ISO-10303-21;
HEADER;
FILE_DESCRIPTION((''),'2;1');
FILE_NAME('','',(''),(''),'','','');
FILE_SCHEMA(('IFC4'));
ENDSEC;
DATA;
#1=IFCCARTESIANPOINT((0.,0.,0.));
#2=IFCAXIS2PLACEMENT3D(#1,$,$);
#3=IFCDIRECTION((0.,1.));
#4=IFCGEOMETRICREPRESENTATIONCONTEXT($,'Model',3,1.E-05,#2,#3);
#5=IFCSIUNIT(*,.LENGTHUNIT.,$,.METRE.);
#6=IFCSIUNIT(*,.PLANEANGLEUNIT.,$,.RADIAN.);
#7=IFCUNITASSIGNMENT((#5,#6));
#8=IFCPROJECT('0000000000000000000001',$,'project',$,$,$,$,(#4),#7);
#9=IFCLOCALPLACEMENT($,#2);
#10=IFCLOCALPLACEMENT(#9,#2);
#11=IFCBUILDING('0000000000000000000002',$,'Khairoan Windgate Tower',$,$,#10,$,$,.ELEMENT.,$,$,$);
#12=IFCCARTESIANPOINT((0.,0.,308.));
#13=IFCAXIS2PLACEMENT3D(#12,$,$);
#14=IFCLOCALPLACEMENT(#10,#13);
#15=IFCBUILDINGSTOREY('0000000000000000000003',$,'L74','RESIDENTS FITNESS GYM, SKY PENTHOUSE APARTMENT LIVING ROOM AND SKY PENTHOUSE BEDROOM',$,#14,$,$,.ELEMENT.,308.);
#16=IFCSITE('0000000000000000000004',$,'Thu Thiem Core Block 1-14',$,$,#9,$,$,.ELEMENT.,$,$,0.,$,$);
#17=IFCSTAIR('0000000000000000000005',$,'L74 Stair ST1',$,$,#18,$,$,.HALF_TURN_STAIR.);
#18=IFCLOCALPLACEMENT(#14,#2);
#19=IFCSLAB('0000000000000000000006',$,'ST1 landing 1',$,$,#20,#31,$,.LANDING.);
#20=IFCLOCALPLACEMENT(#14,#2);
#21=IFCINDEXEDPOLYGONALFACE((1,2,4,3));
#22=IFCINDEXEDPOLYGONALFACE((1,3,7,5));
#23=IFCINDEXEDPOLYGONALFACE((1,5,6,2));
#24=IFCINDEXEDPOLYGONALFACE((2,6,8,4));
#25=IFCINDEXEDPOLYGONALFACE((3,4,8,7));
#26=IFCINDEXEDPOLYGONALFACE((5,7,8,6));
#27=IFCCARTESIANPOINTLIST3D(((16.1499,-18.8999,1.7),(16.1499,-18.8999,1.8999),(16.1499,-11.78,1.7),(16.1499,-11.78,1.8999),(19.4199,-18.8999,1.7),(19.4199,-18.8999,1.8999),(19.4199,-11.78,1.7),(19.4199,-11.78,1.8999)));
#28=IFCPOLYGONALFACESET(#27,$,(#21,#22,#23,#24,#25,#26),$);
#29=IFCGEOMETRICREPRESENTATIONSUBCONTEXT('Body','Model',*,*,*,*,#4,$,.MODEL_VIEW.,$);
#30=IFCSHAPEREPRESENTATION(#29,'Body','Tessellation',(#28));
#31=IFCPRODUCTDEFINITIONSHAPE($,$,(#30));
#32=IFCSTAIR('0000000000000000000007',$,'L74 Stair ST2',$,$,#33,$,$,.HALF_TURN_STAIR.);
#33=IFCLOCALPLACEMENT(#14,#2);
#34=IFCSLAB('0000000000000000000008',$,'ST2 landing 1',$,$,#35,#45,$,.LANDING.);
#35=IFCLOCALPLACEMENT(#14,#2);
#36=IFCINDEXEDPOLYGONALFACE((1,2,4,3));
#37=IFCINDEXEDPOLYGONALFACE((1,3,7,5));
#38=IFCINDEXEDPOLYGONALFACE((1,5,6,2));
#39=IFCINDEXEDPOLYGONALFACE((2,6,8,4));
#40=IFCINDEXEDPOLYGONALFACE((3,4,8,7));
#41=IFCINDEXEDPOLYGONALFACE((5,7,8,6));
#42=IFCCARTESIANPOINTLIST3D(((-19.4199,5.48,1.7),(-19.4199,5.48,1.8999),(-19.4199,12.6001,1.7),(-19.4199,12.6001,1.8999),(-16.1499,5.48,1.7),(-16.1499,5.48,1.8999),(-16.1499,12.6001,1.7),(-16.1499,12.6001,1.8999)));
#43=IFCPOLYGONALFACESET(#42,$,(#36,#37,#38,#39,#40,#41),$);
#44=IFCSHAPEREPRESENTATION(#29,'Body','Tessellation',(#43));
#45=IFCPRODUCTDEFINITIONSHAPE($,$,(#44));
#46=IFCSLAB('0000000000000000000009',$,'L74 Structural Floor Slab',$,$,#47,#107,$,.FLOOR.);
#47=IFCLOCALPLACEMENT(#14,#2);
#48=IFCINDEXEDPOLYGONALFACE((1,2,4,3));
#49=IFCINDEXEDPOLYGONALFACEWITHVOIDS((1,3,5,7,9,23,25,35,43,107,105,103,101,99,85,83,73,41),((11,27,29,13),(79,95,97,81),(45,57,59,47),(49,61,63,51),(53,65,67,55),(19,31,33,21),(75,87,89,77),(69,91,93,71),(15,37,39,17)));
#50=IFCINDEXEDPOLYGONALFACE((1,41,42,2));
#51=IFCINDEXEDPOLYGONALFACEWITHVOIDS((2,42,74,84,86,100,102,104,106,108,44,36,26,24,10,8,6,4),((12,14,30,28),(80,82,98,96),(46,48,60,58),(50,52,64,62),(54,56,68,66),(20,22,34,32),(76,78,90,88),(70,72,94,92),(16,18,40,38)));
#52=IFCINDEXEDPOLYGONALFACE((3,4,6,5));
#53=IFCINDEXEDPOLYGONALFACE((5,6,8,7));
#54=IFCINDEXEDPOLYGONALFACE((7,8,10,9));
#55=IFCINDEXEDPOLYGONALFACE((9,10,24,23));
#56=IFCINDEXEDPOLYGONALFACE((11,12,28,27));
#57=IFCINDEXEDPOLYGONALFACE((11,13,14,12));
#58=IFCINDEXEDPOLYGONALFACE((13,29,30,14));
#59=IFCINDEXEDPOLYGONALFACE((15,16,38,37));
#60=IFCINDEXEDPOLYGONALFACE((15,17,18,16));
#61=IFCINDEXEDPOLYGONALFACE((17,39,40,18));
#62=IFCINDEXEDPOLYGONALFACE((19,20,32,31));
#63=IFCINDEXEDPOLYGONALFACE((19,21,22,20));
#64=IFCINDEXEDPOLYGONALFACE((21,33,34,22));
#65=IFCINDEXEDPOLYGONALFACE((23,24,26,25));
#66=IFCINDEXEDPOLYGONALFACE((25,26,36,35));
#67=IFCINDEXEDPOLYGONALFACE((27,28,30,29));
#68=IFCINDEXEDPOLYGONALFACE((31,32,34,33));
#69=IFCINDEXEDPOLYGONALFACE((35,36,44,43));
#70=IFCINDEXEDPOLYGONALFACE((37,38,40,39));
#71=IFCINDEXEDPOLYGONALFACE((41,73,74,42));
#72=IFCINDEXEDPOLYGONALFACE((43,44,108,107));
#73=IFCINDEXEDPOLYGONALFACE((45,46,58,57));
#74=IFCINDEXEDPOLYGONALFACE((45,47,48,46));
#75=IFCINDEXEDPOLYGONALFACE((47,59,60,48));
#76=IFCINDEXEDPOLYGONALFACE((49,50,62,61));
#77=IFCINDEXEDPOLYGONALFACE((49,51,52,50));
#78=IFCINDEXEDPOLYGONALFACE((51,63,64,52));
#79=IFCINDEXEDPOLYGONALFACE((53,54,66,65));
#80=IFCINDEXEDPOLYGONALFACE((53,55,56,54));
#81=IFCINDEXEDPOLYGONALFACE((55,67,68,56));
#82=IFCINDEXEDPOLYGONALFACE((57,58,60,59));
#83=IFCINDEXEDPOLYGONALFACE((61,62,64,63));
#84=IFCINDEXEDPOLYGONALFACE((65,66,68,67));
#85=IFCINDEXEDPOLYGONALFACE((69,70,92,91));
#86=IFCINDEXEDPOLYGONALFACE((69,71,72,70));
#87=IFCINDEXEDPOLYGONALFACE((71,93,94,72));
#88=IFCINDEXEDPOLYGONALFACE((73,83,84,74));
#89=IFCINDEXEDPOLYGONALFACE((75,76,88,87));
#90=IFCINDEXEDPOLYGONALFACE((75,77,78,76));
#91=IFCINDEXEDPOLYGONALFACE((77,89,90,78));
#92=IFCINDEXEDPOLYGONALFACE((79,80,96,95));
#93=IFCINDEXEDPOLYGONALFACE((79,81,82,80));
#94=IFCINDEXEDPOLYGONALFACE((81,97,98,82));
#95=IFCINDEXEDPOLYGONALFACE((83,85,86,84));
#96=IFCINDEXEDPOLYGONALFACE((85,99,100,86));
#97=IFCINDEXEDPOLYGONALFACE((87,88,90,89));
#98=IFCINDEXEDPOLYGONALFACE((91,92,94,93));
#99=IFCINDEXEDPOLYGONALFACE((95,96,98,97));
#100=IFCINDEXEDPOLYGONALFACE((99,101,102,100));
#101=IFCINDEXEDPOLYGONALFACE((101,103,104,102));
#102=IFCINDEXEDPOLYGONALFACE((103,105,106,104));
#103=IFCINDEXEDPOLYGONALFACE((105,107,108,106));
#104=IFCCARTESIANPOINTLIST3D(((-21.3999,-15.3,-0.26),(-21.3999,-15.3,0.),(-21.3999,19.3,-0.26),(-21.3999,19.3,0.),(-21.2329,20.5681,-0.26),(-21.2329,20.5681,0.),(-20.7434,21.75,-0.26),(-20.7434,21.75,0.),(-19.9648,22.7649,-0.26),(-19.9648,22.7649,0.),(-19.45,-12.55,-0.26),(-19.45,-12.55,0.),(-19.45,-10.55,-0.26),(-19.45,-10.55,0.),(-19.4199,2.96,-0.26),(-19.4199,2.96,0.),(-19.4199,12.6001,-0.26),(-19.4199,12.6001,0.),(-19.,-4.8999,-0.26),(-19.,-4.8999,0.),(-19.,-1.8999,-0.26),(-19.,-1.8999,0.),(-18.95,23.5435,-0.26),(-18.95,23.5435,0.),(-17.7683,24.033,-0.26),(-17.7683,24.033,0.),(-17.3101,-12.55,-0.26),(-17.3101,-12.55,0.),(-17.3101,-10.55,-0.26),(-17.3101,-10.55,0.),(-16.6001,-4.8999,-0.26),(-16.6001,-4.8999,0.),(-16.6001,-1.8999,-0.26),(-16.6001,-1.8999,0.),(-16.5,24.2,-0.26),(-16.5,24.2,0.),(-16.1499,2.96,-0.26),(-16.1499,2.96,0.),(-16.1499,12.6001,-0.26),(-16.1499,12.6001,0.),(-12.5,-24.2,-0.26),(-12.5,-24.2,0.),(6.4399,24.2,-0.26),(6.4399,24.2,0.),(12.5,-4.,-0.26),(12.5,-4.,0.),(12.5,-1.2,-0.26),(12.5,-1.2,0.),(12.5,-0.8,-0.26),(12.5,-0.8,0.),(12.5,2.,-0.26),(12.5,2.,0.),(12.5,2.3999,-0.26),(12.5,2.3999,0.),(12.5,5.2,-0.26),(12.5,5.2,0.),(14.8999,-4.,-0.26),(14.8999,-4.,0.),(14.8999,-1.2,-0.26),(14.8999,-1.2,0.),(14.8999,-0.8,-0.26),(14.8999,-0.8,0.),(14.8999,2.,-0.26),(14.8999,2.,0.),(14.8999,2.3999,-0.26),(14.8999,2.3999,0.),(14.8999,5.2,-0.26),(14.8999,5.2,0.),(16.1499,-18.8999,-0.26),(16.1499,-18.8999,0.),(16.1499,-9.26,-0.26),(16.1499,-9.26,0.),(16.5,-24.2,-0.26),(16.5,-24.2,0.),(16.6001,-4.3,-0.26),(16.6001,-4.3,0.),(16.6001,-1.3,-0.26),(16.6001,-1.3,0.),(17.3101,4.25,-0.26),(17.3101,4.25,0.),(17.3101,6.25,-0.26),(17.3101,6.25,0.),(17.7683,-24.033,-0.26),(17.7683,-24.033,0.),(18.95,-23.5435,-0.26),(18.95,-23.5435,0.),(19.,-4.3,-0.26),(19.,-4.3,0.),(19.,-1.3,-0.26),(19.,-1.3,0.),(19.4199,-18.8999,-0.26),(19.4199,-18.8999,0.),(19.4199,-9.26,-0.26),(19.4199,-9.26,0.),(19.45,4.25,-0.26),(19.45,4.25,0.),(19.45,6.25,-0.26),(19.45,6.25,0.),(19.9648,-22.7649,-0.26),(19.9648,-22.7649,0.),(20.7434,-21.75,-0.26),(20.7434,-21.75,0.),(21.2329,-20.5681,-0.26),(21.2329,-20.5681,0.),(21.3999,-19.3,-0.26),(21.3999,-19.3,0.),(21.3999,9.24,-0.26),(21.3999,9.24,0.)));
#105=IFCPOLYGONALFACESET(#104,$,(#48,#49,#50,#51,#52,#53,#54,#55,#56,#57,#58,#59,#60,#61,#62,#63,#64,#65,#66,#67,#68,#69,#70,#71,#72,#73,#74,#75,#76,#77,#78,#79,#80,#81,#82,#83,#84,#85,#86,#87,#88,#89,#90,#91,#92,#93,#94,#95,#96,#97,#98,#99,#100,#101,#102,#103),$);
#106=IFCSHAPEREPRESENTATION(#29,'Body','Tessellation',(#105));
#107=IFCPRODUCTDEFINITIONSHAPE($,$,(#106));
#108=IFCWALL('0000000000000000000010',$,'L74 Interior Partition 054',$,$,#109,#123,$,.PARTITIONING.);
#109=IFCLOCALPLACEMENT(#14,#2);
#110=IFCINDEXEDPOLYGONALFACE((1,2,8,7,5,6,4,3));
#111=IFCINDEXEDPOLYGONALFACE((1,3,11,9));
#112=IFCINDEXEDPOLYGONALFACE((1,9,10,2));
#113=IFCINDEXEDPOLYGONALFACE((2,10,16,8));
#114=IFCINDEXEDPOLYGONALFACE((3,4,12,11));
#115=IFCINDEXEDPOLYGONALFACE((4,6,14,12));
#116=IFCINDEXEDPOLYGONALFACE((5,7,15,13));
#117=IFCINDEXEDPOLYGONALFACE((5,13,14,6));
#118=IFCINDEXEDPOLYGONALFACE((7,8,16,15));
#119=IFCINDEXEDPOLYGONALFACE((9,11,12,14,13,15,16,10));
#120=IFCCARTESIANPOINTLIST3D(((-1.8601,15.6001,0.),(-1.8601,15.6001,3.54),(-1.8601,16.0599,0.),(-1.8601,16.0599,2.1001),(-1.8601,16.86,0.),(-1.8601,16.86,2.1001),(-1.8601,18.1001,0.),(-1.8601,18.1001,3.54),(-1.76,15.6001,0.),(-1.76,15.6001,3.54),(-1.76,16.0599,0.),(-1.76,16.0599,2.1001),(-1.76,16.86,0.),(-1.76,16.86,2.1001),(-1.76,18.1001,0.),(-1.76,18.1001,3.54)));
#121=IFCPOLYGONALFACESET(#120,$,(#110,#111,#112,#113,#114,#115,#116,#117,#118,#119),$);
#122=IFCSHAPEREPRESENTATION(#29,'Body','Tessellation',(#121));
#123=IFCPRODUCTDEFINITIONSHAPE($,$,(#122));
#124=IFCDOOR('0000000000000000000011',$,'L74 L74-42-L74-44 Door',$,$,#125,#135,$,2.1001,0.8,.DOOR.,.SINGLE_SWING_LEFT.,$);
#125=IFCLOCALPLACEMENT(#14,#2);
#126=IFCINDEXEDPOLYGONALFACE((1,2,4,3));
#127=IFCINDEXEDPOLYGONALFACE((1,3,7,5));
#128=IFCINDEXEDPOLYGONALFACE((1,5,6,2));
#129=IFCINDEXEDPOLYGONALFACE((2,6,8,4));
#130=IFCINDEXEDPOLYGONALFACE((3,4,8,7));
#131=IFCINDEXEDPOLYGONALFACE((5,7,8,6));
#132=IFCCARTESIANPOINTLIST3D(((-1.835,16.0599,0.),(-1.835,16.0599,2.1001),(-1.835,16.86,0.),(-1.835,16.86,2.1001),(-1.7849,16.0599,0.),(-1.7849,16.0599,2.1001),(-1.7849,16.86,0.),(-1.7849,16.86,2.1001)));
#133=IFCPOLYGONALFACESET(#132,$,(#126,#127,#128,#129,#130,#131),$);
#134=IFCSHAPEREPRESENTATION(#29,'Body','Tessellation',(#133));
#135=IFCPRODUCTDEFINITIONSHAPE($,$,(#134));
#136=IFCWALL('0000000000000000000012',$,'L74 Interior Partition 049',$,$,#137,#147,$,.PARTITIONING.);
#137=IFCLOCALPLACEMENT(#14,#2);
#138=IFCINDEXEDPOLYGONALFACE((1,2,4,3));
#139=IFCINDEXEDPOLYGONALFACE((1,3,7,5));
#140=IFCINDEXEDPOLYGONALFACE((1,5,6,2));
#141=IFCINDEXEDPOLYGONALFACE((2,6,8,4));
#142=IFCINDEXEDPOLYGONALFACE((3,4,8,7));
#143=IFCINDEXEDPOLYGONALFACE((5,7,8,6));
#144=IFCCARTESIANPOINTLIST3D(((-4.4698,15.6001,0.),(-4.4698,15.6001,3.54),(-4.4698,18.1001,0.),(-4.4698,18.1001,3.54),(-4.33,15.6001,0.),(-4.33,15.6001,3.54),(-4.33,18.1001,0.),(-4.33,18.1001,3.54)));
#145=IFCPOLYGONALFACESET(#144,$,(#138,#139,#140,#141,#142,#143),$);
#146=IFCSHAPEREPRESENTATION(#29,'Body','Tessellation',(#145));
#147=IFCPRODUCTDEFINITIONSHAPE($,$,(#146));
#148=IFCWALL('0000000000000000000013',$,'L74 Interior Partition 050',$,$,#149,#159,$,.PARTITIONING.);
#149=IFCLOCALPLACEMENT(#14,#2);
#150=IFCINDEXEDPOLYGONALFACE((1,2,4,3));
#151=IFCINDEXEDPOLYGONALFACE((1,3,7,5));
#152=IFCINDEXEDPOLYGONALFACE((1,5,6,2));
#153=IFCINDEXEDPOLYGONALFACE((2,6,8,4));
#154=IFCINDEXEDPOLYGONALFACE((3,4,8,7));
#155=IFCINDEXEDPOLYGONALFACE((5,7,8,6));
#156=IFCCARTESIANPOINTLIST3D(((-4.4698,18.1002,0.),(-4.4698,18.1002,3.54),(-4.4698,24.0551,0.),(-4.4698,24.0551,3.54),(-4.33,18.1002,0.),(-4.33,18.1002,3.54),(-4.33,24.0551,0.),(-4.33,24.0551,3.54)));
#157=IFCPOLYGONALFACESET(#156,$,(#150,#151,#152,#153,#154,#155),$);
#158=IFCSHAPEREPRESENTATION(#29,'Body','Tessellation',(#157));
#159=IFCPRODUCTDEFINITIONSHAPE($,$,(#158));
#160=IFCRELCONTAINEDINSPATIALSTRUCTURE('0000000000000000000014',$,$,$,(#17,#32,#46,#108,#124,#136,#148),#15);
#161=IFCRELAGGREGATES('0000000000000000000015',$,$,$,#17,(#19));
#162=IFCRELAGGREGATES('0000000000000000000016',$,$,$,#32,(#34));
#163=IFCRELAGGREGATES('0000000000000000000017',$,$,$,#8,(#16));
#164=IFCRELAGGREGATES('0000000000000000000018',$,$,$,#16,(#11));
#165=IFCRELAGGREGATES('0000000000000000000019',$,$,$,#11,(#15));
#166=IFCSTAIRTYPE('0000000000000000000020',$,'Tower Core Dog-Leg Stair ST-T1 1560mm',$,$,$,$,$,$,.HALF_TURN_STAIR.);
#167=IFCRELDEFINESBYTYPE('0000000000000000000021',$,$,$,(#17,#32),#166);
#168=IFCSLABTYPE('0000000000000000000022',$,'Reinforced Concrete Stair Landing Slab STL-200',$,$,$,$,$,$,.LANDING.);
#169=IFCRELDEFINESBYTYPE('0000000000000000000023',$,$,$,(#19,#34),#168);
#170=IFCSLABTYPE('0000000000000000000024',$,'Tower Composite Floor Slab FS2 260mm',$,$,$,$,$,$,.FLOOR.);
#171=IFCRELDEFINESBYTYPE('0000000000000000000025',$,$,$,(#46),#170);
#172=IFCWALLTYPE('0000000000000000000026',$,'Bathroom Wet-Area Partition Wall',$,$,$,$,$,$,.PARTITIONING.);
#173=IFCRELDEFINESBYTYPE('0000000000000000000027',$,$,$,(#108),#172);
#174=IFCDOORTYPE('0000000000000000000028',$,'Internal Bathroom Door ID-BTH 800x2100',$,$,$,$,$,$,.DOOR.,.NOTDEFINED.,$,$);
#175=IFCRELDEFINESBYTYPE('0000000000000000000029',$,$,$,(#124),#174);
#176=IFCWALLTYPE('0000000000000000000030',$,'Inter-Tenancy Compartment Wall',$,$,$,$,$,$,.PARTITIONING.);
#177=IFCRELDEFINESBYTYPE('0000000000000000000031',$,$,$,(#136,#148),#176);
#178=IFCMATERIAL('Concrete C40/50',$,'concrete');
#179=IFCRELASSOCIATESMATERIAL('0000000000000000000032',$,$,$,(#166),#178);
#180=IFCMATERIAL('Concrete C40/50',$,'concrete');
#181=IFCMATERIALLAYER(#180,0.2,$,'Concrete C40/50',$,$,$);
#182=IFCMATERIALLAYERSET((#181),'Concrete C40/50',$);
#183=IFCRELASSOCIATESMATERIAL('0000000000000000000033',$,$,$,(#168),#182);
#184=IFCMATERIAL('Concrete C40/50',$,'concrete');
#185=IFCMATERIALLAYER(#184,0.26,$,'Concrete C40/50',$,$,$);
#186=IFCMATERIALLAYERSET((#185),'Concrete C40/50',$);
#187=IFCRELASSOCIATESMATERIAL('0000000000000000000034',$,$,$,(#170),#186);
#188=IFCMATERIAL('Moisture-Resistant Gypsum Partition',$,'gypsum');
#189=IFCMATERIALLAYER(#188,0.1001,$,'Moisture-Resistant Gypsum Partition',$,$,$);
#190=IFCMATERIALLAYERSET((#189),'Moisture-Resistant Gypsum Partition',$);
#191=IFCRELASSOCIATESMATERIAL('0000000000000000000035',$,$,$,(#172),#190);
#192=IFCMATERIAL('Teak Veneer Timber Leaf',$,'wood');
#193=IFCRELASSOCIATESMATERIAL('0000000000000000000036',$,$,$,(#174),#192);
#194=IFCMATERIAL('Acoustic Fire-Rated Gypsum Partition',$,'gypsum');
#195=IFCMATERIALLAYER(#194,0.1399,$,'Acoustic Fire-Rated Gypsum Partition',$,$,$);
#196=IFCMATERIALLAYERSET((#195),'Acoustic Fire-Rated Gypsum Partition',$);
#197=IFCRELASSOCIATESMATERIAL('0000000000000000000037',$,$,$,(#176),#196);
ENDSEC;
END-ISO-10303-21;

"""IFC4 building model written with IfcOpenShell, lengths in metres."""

from ifc_helpers import new_model, si_unit, direction, frame, frame_2d, origin, place, context, subcontext, project, spatial, polyline, rectangle, outline, extrude, material, layer, layer_set, type_object, element, fill, aggregate, save


model = new_model("IFC4")

# Units and contexts
model_context = context("Model", 3, precision=1e-05, world=origin(), true_north=direction((0.0, 1.0)))
body_context = subcontext(model_context, "Body", "Model", "MODEL_VIEW")
ifc_project = project(units=[si_unit("LENGTHUNIT", "METRE"), si_unit("PLANEANGLEUNIT", "RADIAN")], contexts=[model_context])

# Site, building, storey
site_placement = place(None, origin())
site = spatial("IfcSite", under=ifc_project, at=site_placement, Name="Thu Thiem Core Block 1-14", CompositionType="ELEMENT", RefElevation=0.0)
building_placement = place(site_placement, origin())
building = spatial("IfcBuilding", under=site, at=building_placement, Name="Khairoan Windgate Tower", CompositionType="ELEMENT")
storey_placement = place(building_placement, frame((0.0, 0.0, 308.0)))
storey = spatial("IfcBuildingStorey", under=building, at=storey_placement, Name="L74", Description="RESIDENTS FITNESS GYM, SKY PENTHOUSE APARTMENT LIVING ROOM AND SKY PENTHOUSE BEDROOM", CompositionType="ELEMENT", Elevation=308.0)

# Stairs, slabs
ifc_material_1 = material(Name="Concrete C40/50", Category="concrete")
stair_type = type_object("IfcStairType", Name="Tower Core Dog-Leg Stair ST-T1 1560mm", PredefinedType="HALF_TURN_STAIR", material=ifc_material_1)
stair_1_placement = place(storey_placement, origin())
stair_1 = element("IfcStair", 1, at=stair_1_placement, inside=storey, type_object=stair_type, Name="L74 Stair ST1", PredefinedType="HALF_TURN_STAIR")
ifc_material_2 = material(Name="Concrete C40/50", Category="concrete")
ifc_layer_1 = layer(ifc_material_2, 0.2, Name="Concrete C40/50")
ifc_layer_set_1 = layer_set([ifc_layer_1], Name="Concrete C40/50")
slab_type_1 = type_object("IfcSlabType", Name="Reinforced Concrete Stair Landing Slab STL-200", PredefinedType="LANDING", material=ifc_layer_set_1)
slab_1_placement = place(storey_placement, frame((0.0, 0.0, 1.7)))
slab_1 = element("IfcSlab", 2, at=slab_1_placement, type_object=slab_type_1, Name="ST1 landing 1", PredefinedType="LANDING", context=body_context, shape_type="SweptSolid", body=[
    extrude(outline(polyline([(16.1499, -11.78), (16.1499, -18.8999), (19.4199, -18.8999), (19.4199, -11.78), (16.1499, -11.78)])), origin(), (0.0, 0.0, 1.0), 0.2),
])
aggregate(stair_1, [slab_1])
stair_2_placement = place(storey_placement, origin())
stair_2 = element("IfcStair", 3, at=stair_2_placement, inside=storey, type_object=stair_type, Name="L74 Stair ST2", PredefinedType="HALF_TURN_STAIR")
slab_2_placement = place(storey_placement, frame((0.0, 0.0, 1.7)))
slab_2 = element("IfcSlab", 4, at=slab_2_placement, type_object=slab_type_1, Name="ST2 landing 1", PredefinedType="LANDING", context=body_context, shape_type="SweptSolid", body=[
    extrude(outline(polyline([(-16.1499, 5.48), (-16.1499, 12.6001), (-19.4199, 12.6001), (-19.4199, 5.48), (-16.1499, 5.48)])), origin(), (0.0, 0.0, 1.0), 0.2),
])
aggregate(stair_2, [slab_2])

# Slab
ifc_material_3 = material(Name="Concrete C40/50", Category="concrete")
ifc_layer_2 = layer(ifc_material_3, 0.26, Name="Concrete C40/50")
ifc_layer_set_2 = layer_set([ifc_layer_2], Name="Concrete C40/50")
slab_type_2 = type_object("IfcSlabType", Name="Tower Composite Floor Slab FS2 260mm", PredefinedType="FLOOR", material=ifc_layer_set_2)
slab_3_placement = place(storey_placement, frame((0.0, 0.0, -0.26)))
element("IfcSlab", 5, at=slab_3_placement, inside=storey, type_object=slab_type_2, Name="L74 Structural Floor Slab", PredefinedType="FLOOR", context=body_context, shape_type="SweptSolid", body=[
    extrude(outline(polyline([(16.5, -24.2), (17.7683, -24.033), (18.95, -23.5435), (19.9648, -22.7649), (20.7434, -21.75), (21.2329, -20.5681), (21.3999, -19.3), (21.3999, 9.24), (6.4399, 24.2), (-16.5, 24.2), (-17.7683, 24.033), (-18.95, 23.5435), (-19.9648, 22.7649), (-20.7434, 21.75), (-21.2329, 20.5681), (-21.3999, 19.3), (-21.3999, -15.3), (-12.5, -24.2), (16.5, -24.2)]), holes=[polyline([(16.1499, -9.26), (16.1499, -18.8999), (19.4199, -18.8999), (19.4199, -9.26), (16.1499, -9.26)]), polyline([(-16.1499, 2.96), (-16.1499, 12.6001), (-19.4199, 12.6001), (-19.4199, 2.96), (-16.1499, 2.96)]), polyline([(12.5, 2.3999), (14.8999, 2.3999), (14.8999, 5.2), (12.5, 5.2), (12.5, 2.3999)]), polyline([(12.5, -0.8), (14.8999, -0.8), (14.8999, 2.0), (12.5, 2.0), (12.5, -0.8)]), polyline([(12.5, -4.0), (14.8999, -4.0), (14.8999, -1.2), (12.5, -1.2), (12.5, -4.0)]), polyline([(16.6001, -4.3), (19.0, -4.3), (19.0, -1.3), (16.6001, -1.3), (16.6001, -4.3)]), polyline([(-19.0, -4.8999), (-16.6001, -4.8999), (-16.6001, -1.8999), (-19.0, -1.8999), (-19.0, -4.8999)]), polyline([(-19.45, -12.55), (-17.3101, -12.55), (-17.3101, -10.55), (-19.45, -10.55), (-19.45, -12.55)]), polyline([(17.3101, 4.25), (19.45, 4.25), (19.45, 6.25), (17.3101, 6.25), (17.3101, 4.25)])]), origin(), (0.0, 0.0, 1.0), 0.26),
])

# Wall, opening, door
ifc_material_4 = material(Name="Moisture-Resistant Gypsum Partition", Category="gypsum")
ifc_layer_3 = layer(ifc_material_4, 0.1001, Name="Moisture-Resistant Gypsum Partition")
ifc_layer_set_3 = layer_set([ifc_layer_3], Name="Moisture-Resistant Gypsum Partition")
wall_type_1 = type_object("IfcWallType", Name="Bathroom Wet-Area Partition Wall", PredefinedType="PARTITIONING", material=ifc_layer_set_3)
wall_1_placement = place(storey_placement, frame((-1.8101, 15.6001, 0.0), z_axis=(0.0, 0.0, 1.0), x_axis=(0.0, 1.0, 0.0)))
wall_1 = element("IfcWall", 6, at=wall_1_placement, inside=storey, type_object=wall_type_1, Name="L74 Interior Partition 054", PredefinedType="PARTITIONING", context=body_context, shape_type="SweptSolid", body=[
    extrude(rectangle(XDim=2.5, YDim=0.1001, at=frame_2d((1.25, 0.0))), origin(), (0.0, 0.0, 1.0), 3.54),
])
opening_1_placement = place(wall_1_placement, frame((0.46, 0.0, 0.0)))
opening_1 = element("IfcOpeningElement", 7, at=opening_1_placement, cuts=wall_1, PredefinedType="OPENING", context=body_context, shape_type="SweptSolid", body=[
    extrude(rectangle(XDim=0.8, YDim=2.1001, at=frame_2d((0.3999, 1.05))), frame((0.0, 0.0601, 0.0), z_axis=(0.0, -1.0, 0.0), x_axis=(1.0, 0.0, 0.0)), (0.0, 0.0, 1.0), 0.1201),
])
ifc_material_5 = material(Name="Teak Veneer Timber Leaf", Category="wood")
door_type_1 = type_object("IfcDoorType", Name="Internal Bathroom Door ID-BTH 800x2100", OperationType="NOTDEFINED", PredefinedType="DOOR", material=ifc_material_5)
door_1_placement = place(opening_1_placement, origin())
door_1 = element("IfcDoor", 8, at=door_1_placement, inside=storey, type_object=door_type_1, Name="L74 L74-42-L74-44 Door", OperationType="SINGLE_SWING_LEFT", OverallHeight=2.1001, OverallWidth=0.8, PredefinedType="DOOR", context=body_context, shape_type="SweptSolid", body=[
    extrude(rectangle(XDim=0.8, YDim=2.1001, at=frame_2d((0.3999, 1.05))), frame((0.0, 0.0249, 0.0), z_axis=(0.0, -1.0, 0.0), x_axis=(1.0, 0.0, 0.0)), (0.0, 0.0, 1.0), 0.05),
])
fill(opening_1, door_1)

# Walls
ifc_material_6 = material(Name="Acoustic Fire-Rated Gypsum Partition", Category="gypsum")
ifc_layer_4 = layer(ifc_material_6, 0.1399, Name="Acoustic Fire-Rated Gypsum Partition")
ifc_layer_set_4 = layer_set([ifc_layer_4], Name="Acoustic Fire-Rated Gypsum Partition")
wall_type_2 = type_object("IfcWallType", Name="Inter-Tenancy Compartment Wall", PredefinedType="PARTITIONING", material=ifc_layer_set_4)
wall_2_placement = place(storey_placement, frame((-4.3999, 15.6001, 0.0), z_axis=(0.0, 0.0, 1.0), x_axis=(0.0, 1.0, 0.0)))
element("IfcWall", 9, at=wall_2_placement, inside=storey, type_object=wall_type_2, Name="L74 Interior Partition 049", PredefinedType="PARTITIONING", context=body_context, shape_type="SweptSolid", body=[
    extrude(rectangle(XDim=2.5, YDim=0.1399, at=frame_2d((1.25, 0.0))), origin(), (0.0, 0.0, 1.0), 3.54),
])
wall_3_placement = place(storey_placement, frame((-4.3999, 18.1001, 0.0), z_axis=(0.0, 0.0, 1.0), x_axis=(0.0, 1.0, 0.0)))
element("IfcWall", 10, at=wall_3_placement, inside=storey, type_object=wall_type_2, Name="L74 Interior Partition 050", PredefinedType="PARTITIONING", context=body_context, shape_type="SweptSolid", body=[
    extrude(rectangle(XDim=5.9548, YDim=0.1399, at=frame_2d((2.9775, 0.0))), origin(), (0.0, 0.0, 1.0), 3.54),
])

save(model, "model.ifc")
